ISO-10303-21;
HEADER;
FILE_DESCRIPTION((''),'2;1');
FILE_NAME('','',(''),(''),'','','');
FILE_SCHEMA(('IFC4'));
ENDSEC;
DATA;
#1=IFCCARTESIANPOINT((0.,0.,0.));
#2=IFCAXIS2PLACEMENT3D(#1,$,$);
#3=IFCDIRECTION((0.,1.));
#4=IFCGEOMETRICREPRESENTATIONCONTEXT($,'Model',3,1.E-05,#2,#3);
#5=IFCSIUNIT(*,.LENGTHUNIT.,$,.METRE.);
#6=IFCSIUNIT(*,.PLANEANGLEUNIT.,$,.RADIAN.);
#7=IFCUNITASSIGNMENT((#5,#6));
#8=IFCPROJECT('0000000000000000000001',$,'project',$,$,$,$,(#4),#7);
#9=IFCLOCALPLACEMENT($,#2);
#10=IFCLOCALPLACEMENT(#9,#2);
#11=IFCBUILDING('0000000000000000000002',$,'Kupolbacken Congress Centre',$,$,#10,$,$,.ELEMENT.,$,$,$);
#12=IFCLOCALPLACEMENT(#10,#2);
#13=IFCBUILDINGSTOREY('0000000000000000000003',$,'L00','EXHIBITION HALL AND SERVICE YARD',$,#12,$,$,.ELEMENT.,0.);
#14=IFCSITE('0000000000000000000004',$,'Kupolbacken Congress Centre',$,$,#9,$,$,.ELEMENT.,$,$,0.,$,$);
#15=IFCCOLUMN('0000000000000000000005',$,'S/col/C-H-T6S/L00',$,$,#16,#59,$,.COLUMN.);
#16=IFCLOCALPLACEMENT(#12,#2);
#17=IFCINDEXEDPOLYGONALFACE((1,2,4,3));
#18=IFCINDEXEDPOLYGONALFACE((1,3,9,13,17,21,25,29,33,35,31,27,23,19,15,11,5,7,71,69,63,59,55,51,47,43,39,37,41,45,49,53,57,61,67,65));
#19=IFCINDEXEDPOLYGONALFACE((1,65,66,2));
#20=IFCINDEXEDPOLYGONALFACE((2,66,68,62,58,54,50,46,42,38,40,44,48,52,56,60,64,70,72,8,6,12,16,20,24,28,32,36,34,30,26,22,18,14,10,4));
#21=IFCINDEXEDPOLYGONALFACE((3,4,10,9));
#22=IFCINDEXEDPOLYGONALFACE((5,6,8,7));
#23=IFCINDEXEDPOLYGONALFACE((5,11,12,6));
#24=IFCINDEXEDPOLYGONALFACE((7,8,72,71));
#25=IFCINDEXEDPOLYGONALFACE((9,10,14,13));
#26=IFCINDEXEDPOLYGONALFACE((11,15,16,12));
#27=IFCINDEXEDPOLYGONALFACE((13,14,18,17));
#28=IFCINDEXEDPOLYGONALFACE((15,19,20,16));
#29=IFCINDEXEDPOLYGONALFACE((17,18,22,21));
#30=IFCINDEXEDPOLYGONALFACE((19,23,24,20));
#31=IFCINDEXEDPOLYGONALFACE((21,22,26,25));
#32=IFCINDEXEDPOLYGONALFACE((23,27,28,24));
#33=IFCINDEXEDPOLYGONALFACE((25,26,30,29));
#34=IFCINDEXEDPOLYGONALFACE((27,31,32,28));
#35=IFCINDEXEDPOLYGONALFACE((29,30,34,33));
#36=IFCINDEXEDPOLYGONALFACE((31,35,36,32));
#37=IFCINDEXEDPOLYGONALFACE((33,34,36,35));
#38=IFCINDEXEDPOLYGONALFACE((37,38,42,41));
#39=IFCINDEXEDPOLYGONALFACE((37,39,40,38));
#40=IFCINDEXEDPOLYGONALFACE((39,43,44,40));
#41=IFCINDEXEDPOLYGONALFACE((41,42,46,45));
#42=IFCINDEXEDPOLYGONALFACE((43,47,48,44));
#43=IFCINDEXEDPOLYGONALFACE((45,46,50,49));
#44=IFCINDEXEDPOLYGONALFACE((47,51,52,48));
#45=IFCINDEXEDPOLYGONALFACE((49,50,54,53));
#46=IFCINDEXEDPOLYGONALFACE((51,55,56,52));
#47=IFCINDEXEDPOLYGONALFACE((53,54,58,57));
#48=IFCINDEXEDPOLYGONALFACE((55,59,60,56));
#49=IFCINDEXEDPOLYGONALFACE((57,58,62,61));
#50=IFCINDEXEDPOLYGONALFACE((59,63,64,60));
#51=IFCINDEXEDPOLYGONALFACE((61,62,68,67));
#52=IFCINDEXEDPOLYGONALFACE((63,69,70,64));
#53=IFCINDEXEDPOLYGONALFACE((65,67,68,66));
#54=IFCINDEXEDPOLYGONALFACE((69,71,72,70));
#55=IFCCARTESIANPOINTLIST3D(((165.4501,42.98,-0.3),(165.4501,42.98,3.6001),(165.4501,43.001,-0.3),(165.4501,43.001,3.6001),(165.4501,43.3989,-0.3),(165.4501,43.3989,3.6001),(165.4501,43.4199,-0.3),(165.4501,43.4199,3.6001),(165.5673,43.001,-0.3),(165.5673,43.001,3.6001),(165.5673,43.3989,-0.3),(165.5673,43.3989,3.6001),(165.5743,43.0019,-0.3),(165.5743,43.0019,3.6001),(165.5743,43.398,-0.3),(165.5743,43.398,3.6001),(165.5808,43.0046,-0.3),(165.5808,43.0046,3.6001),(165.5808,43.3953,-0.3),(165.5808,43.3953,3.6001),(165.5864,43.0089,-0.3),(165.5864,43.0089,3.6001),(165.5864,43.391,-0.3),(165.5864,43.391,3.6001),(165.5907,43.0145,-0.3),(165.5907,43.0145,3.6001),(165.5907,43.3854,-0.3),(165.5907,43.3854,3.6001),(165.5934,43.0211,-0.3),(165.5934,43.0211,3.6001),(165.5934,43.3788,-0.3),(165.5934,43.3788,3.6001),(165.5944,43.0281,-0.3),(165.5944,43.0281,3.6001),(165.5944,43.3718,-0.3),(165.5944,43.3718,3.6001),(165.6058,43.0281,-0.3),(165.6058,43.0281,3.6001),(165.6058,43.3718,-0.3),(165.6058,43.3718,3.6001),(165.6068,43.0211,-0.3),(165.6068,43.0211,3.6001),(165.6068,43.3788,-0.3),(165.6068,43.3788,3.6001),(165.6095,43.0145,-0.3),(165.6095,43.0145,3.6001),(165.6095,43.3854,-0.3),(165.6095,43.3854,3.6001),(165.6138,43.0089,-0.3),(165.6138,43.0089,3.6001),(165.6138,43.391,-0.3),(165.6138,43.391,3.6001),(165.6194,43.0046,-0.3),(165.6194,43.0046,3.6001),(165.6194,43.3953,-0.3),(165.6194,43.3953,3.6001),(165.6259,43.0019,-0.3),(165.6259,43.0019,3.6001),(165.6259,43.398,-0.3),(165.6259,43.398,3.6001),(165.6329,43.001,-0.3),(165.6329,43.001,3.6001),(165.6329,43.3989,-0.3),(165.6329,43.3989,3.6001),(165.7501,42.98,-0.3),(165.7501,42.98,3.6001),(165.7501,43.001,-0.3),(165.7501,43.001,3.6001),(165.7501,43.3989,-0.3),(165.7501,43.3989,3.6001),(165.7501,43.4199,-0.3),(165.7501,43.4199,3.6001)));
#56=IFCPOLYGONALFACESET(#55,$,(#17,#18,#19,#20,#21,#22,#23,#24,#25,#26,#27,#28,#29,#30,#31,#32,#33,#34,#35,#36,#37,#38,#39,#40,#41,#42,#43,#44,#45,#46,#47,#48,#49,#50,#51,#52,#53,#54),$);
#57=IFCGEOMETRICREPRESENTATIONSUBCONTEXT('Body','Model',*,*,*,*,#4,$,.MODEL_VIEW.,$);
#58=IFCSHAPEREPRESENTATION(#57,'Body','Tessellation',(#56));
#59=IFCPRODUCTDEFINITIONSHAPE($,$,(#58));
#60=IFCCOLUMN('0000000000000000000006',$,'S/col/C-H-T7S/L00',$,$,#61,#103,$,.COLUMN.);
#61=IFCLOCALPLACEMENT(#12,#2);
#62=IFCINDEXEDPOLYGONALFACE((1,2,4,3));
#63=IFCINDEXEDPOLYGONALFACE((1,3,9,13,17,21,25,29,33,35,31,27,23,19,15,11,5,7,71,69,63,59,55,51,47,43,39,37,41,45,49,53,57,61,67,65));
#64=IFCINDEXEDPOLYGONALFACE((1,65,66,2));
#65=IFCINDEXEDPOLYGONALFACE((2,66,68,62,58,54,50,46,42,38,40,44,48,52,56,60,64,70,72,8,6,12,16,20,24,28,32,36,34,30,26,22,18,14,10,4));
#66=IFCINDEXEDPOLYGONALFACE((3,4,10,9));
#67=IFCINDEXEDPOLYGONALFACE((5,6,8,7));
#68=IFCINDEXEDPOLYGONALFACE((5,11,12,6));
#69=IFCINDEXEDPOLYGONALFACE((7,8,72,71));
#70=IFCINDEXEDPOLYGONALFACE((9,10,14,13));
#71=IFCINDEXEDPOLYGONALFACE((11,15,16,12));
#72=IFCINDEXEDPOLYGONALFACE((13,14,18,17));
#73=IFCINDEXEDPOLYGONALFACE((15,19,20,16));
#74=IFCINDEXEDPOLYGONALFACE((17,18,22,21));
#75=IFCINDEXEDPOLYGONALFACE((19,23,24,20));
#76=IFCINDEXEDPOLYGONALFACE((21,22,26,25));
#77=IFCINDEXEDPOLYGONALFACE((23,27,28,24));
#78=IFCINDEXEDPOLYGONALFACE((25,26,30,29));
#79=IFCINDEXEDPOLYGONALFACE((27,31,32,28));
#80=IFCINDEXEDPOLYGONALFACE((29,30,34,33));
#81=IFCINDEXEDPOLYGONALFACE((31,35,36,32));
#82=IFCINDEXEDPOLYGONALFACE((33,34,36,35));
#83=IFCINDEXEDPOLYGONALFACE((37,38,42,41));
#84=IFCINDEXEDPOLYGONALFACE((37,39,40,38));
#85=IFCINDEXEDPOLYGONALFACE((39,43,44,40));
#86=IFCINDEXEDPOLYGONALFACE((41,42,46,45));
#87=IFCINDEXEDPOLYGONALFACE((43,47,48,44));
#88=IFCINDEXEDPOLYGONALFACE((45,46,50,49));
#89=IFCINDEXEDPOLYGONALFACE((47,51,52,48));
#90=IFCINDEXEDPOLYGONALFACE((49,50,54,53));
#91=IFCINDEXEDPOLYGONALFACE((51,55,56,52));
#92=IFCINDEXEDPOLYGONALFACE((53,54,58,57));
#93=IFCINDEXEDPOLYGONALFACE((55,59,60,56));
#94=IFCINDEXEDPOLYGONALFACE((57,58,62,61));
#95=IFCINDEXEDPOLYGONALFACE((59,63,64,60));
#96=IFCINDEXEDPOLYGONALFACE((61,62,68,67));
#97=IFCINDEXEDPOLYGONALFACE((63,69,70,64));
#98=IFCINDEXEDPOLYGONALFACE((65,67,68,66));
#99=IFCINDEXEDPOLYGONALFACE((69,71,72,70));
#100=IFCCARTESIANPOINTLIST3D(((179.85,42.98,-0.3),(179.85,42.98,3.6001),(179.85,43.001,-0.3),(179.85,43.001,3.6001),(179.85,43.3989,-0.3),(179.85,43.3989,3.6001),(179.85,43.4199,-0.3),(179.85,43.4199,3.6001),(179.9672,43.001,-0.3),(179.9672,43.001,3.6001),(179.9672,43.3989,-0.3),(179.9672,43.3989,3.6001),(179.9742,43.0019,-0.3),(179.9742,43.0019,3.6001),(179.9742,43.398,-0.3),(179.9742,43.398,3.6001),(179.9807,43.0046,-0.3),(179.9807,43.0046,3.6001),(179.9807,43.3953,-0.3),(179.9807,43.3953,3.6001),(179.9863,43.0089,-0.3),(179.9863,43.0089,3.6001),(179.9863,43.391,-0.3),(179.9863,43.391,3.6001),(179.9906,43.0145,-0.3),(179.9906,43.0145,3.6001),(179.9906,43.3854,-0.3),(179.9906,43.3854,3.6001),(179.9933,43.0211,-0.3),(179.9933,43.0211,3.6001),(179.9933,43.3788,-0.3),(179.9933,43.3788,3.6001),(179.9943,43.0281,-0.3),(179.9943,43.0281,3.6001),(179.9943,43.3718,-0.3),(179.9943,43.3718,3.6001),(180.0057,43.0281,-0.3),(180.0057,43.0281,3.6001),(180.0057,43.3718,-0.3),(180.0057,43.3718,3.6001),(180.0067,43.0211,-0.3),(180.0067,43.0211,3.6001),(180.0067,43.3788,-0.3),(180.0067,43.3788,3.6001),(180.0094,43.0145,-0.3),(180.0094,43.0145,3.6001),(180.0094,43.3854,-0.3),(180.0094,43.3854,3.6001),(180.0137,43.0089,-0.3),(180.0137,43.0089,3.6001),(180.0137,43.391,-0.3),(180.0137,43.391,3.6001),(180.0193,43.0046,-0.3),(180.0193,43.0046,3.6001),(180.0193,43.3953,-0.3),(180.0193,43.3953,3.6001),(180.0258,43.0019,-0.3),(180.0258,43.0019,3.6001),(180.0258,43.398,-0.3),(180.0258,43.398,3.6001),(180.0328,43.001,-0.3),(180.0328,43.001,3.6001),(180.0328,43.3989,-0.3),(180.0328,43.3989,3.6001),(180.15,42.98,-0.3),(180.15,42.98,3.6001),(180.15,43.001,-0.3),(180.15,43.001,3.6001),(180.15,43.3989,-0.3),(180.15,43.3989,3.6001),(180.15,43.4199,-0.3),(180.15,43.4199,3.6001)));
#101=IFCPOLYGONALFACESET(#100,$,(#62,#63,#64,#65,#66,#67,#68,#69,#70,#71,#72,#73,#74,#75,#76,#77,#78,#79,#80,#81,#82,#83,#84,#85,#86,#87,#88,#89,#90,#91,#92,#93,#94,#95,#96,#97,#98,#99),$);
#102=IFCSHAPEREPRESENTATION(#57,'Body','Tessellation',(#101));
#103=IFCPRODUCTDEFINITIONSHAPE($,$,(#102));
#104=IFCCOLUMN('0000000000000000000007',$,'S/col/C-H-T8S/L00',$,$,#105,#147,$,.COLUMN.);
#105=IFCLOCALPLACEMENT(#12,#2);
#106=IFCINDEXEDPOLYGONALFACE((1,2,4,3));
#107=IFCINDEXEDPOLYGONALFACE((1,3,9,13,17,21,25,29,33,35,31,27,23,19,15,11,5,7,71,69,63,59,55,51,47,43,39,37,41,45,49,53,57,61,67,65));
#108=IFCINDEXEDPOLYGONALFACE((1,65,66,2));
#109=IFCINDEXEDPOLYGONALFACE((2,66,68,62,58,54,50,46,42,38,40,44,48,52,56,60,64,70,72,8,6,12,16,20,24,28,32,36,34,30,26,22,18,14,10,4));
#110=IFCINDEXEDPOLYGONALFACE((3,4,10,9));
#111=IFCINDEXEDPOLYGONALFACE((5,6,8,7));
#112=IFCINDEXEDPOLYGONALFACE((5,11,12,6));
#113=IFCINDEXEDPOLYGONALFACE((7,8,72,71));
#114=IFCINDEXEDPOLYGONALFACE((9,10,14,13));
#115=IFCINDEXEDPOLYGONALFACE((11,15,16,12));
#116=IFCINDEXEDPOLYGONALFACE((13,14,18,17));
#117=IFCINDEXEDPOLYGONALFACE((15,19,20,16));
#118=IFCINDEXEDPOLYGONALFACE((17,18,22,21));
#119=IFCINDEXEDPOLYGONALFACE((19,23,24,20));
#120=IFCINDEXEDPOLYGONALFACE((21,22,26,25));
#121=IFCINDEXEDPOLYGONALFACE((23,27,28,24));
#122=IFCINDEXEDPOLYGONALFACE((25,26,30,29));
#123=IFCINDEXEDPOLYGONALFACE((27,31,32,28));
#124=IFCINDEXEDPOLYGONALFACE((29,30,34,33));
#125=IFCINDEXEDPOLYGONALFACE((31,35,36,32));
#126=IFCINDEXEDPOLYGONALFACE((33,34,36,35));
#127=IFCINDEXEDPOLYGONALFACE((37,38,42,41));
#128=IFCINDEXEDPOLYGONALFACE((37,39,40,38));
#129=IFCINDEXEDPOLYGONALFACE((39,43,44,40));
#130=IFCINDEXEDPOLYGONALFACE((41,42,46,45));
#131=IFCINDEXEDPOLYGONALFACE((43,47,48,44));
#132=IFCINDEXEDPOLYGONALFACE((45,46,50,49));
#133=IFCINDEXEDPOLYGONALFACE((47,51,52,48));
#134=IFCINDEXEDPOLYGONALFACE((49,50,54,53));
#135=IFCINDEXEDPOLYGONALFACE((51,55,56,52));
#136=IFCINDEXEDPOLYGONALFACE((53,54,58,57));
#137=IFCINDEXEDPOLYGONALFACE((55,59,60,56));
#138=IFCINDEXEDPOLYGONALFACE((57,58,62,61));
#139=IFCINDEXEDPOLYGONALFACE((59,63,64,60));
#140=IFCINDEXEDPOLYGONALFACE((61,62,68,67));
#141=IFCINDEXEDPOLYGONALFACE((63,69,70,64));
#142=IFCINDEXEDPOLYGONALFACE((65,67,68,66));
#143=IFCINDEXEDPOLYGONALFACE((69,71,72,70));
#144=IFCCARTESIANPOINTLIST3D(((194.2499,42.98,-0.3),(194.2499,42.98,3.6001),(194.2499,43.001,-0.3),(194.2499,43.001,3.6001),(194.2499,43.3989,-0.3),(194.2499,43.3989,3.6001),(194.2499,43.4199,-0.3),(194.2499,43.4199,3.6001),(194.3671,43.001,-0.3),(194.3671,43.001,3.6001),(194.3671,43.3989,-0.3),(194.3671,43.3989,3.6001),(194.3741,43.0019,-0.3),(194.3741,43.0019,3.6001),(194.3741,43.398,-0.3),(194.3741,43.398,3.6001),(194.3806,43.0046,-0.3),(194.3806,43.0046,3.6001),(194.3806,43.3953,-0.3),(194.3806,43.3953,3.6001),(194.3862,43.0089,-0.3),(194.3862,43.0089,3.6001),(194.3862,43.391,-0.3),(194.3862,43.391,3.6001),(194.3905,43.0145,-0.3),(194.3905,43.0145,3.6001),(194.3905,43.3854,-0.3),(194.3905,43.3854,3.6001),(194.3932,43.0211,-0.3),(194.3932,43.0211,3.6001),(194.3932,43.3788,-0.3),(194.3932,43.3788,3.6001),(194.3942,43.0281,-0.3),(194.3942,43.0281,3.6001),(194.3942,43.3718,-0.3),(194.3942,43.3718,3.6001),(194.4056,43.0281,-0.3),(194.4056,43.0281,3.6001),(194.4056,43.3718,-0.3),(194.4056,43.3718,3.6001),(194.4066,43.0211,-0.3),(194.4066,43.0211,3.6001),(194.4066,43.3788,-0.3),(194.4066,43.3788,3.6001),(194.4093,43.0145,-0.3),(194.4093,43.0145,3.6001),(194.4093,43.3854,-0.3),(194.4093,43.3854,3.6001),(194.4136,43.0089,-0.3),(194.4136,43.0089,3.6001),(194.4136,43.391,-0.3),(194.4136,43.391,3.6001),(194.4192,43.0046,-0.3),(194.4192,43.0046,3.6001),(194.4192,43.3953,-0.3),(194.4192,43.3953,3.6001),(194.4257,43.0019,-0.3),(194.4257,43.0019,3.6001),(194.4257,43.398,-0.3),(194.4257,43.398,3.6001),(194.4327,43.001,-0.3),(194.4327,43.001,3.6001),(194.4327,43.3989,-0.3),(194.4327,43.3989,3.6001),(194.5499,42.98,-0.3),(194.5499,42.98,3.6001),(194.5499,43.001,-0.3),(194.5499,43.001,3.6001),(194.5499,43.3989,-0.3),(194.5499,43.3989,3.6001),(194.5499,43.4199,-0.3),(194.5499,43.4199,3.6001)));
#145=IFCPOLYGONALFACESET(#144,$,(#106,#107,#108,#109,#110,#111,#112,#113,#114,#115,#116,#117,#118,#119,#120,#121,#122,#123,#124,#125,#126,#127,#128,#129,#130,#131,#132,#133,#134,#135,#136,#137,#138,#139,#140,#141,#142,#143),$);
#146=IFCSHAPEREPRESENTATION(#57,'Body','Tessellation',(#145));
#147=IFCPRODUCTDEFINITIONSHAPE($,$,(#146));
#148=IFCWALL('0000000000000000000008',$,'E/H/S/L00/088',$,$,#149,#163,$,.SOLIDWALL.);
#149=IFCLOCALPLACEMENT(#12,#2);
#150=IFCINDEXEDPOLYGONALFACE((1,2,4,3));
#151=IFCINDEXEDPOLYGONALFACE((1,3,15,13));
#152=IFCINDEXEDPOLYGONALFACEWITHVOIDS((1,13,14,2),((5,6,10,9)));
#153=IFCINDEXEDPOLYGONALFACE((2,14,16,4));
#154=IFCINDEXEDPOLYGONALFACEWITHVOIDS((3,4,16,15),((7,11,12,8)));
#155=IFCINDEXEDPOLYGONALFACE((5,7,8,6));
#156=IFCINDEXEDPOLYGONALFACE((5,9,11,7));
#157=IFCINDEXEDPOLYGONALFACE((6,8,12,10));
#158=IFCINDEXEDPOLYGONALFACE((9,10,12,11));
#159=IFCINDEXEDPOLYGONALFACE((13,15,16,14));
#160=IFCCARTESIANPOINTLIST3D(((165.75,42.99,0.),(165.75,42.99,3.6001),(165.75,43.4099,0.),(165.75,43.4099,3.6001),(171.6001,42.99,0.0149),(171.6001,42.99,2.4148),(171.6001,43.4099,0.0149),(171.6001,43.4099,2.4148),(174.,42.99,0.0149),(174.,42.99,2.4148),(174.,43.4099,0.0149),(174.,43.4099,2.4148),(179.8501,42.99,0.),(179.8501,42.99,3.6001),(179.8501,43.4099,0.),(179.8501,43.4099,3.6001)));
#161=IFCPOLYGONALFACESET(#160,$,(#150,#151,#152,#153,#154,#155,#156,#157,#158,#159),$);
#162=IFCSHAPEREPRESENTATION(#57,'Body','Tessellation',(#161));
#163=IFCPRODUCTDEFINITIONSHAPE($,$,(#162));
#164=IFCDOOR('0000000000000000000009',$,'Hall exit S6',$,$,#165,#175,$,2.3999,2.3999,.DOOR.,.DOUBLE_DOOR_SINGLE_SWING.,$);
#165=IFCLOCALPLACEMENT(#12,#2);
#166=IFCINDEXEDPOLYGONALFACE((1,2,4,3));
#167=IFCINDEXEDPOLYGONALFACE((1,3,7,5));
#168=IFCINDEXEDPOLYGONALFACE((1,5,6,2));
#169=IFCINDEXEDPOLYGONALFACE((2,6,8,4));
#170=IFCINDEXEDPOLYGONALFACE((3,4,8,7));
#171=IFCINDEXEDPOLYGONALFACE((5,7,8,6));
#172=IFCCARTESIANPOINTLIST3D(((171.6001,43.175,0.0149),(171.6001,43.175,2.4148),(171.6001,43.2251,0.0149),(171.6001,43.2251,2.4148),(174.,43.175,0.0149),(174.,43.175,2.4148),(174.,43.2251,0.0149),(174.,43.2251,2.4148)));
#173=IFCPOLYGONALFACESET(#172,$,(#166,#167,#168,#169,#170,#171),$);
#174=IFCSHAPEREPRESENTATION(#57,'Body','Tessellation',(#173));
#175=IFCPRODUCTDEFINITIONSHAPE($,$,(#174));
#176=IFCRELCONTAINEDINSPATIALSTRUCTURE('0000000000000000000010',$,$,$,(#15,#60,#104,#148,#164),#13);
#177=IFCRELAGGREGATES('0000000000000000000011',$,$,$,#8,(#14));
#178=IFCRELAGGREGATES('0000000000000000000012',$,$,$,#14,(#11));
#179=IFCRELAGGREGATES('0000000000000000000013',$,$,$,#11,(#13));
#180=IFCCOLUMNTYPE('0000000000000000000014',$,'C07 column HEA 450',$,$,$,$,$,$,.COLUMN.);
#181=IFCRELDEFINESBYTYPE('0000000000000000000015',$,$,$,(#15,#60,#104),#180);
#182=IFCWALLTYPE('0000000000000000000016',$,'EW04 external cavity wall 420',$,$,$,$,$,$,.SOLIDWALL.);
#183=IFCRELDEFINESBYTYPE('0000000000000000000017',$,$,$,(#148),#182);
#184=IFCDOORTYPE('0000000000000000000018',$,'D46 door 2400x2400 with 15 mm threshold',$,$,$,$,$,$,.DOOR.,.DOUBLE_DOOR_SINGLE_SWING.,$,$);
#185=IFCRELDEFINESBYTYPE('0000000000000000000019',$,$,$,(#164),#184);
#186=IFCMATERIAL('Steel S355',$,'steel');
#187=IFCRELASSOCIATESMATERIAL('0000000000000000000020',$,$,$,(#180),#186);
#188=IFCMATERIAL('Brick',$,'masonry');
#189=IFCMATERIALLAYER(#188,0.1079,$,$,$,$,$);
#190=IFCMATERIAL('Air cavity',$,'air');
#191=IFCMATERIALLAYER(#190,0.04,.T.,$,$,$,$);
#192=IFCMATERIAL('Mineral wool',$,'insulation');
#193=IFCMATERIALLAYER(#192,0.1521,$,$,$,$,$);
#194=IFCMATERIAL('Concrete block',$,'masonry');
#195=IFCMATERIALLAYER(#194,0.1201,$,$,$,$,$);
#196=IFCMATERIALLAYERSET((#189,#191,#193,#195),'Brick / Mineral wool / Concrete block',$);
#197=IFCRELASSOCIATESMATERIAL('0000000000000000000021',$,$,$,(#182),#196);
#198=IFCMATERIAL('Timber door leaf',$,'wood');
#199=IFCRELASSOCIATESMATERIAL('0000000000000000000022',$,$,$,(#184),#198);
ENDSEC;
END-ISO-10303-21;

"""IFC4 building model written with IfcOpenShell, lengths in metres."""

from ifc_helpers import new_model, si_unit, direction, frame, frame_2d, origin, origin_2d, place, context, subcontext, project, spatial, rectangle, i_section, extrude, material, layer, layer_set, material_profile, profile_set, type_object, element, fill, save


model = new_model("IFC4")

# Units and contexts
model_context = context("Model", 3, precision=1e-05, world=origin(), true_north=direction((0.0, 1.0)))
body_context = subcontext(model_context, "Body", "Model", "MODEL_VIEW")
ifc_project = project(units=[si_unit("LENGTHUNIT", "METRE"), si_unit("PLANEANGLEUNIT", "RADIAN")], contexts=[model_context])

# Site, building, storey
site_placement = place(None, origin())
site = spatial("IfcSite", under=ifc_project, at=site_placement, Name="Kupolbacken Congress Centre", CompositionType="ELEMENT", RefElevation=0.0)
building_placement = place(site_placement, origin())
building = spatial("IfcBuilding", under=site, at=building_placement, Name="Kupolbacken Congress Centre", CompositionType="ELEMENT")
storey_placement = place(building_placement, origin())
storey = spatial("IfcBuildingStorey", under=building, at=storey_placement, Name="L00", Description="EXHIBITION HALL AND SERVICE YARD", CompositionType="ELEMENT", Elevation=0.0)

# Columns
ifc_material_1 = material(Name="Steel S355", Category="steel")
ifc_material_profile_1 = material_profile(ifc_material_1, i_section(OverallWidth=0.3, OverallDepth=0.4399, WebThickness=0.0115, FlangeThickness=0.021, FilletRadius=0.0271, at=origin_2d()), Name="HEA 450")
ifc_profile_set_1 = profile_set([ifc_material_profile_1], Name="Steel S355")
column_type = type_object("IfcColumnType", Name="C07 column HEA 450", PredefinedType="COLUMN", material=ifc_profile_set_1)
for number, where, z_axis, x_axis, name in (
    (1, (165.6001, 43.2, -0.3), (0.0, 0.0, 1.0), (1.0, 0.0, 0.0), "S/col/C-H-T6S/L00"),
    (2, (180.0, 43.2, -0.3), (0.0, 0.0, 1.0), (1.0, 0.0, 0.0), "S/col/C-H-T7S/L00"),
    (3, (194.3999, 43.2, -0.3), (0.0, 0.0, 1.0), (1.0, 0.0, 0.0), "S/col/C-H-T8S/L00"),
):
    element("IfcColumn", number, at=place(storey_placement, frame(where, z_axis=z_axis, x_axis=x_axis)), inside=storey, type_object=column_type, Name=name, PredefinedType="COLUMN", context=body_context, shape_type="SweptSolid", body=[
        extrude(i_section(OverallWidth=0.3, OverallDepth=0.4399, WebThickness=0.0115, FlangeThickness=0.021, FilletRadius=0.0271, at=origin_2d()), origin(), (0.0, 0.0, 1.0), 3.9001),
    ])

# Wall, opening, door
ifc_material_2 = material(Name="Brick", Category="masonry")
ifc_layer_1 = layer(ifc_material_2, 0.1079)
ifc_material_3 = material(Name="Air cavity", Category="air")
ifc_layer_2 = layer(ifc_material_3, 0.04, ventilated=True)
ifc_material_4 = material(Name="Mineral wool", Category="insulation")
ifc_layer_3 = layer(ifc_material_4, 0.1521)
ifc_material_5 = material(Name="Concrete block", Category="masonry")
ifc_layer_4 = layer(ifc_material_5, 0.1201)
ifc_layer_set_1 = layer_set([ifc_layer_1, ifc_layer_2, ifc_layer_3, ifc_layer_4], Name="Brick / Mineral wool / Concrete block")
wall_type = type_object("IfcWallType", Name="EW04 external cavity wall 420", PredefinedType="SOLIDWALL", material=ifc_layer_set_1)
wall_1_placement = place(storey_placement, frame((165.75, 43.2, 0.0), z_axis=(0.0, 0.0, 1.0), x_axis=(1.0, 0.0, 0.0)))
wall_1 = element("IfcWall", 4, at=wall_1_placement, inside=storey, type_object=wall_type, Name="E/H/S/L00/088", PredefinedType="SOLIDWALL", context=body_context, shape_type="SweptSolid", body=[
    extrude(rectangle(XDim=14.1001, YDim=0.4199, at=frame_2d((7.05, 0.0))), origin(), (0.0, 0.0, 1.0), 3.6001),
])
opening_1_placement = place(wall_1_placement, frame((5.8501, 0.0, 0.0149)))
opening_1 = element("IfcOpeningElement", 5, at=opening_1_placement, cuts=wall_1, PredefinedType="OPENING", context=body_context, shape_type="SweptSolid", body=[
    extrude(rectangle(XDim=2.3999, YDim=2.3999, at=frame_2d((1.2, 1.2))), frame((0.0, 0.22, 0.0), z_axis=(0.0, -1.0, 0.0), x_axis=(1.0, 0.0, 0.0)), (0.0, 0.0, 1.0), 0.4399),
])
ifc_material_6 = material(Name="Timber door leaf", Category="wood")
door_type = type_object("IfcDoorType", Name="D46 door 2400x2400 with 15 mm threshold", OperationType="DOUBLE_DOOR_SINGLE_SWING", PredefinedType="DOOR", material=ifc_material_6)
door_1_placement = place(opening_1_placement, frame((2.3999, 0.0, 0.0), z_axis=(0.0, 0.0, 1.0), x_axis=(-1.0, 0.0, 0.0)))
door_1 = element("IfcDoor", 6, at=door_1_placement, inside=storey, type_object=door_type, Name="Hall exit S6", OperationType="DOUBLE_DOOR_SINGLE_SWING", OverallHeight=2.3999, OverallWidth=2.3999, PredefinedType="DOOR", context=body_context, shape_type="SweptSolid", body=[
    extrude(rectangle(XDim=2.3999, YDim=2.3999, at=frame_2d((1.2, 1.2))), frame((0.0, 0.0249, 0.0), z_axis=(0.0, -1.0, 0.0), x_axis=(1.0, 0.0, 0.0)), (0.0, 0.0, 1.0), 0.05),
])
fill(opening_1, door_1)

save(model, "model.ifc")
